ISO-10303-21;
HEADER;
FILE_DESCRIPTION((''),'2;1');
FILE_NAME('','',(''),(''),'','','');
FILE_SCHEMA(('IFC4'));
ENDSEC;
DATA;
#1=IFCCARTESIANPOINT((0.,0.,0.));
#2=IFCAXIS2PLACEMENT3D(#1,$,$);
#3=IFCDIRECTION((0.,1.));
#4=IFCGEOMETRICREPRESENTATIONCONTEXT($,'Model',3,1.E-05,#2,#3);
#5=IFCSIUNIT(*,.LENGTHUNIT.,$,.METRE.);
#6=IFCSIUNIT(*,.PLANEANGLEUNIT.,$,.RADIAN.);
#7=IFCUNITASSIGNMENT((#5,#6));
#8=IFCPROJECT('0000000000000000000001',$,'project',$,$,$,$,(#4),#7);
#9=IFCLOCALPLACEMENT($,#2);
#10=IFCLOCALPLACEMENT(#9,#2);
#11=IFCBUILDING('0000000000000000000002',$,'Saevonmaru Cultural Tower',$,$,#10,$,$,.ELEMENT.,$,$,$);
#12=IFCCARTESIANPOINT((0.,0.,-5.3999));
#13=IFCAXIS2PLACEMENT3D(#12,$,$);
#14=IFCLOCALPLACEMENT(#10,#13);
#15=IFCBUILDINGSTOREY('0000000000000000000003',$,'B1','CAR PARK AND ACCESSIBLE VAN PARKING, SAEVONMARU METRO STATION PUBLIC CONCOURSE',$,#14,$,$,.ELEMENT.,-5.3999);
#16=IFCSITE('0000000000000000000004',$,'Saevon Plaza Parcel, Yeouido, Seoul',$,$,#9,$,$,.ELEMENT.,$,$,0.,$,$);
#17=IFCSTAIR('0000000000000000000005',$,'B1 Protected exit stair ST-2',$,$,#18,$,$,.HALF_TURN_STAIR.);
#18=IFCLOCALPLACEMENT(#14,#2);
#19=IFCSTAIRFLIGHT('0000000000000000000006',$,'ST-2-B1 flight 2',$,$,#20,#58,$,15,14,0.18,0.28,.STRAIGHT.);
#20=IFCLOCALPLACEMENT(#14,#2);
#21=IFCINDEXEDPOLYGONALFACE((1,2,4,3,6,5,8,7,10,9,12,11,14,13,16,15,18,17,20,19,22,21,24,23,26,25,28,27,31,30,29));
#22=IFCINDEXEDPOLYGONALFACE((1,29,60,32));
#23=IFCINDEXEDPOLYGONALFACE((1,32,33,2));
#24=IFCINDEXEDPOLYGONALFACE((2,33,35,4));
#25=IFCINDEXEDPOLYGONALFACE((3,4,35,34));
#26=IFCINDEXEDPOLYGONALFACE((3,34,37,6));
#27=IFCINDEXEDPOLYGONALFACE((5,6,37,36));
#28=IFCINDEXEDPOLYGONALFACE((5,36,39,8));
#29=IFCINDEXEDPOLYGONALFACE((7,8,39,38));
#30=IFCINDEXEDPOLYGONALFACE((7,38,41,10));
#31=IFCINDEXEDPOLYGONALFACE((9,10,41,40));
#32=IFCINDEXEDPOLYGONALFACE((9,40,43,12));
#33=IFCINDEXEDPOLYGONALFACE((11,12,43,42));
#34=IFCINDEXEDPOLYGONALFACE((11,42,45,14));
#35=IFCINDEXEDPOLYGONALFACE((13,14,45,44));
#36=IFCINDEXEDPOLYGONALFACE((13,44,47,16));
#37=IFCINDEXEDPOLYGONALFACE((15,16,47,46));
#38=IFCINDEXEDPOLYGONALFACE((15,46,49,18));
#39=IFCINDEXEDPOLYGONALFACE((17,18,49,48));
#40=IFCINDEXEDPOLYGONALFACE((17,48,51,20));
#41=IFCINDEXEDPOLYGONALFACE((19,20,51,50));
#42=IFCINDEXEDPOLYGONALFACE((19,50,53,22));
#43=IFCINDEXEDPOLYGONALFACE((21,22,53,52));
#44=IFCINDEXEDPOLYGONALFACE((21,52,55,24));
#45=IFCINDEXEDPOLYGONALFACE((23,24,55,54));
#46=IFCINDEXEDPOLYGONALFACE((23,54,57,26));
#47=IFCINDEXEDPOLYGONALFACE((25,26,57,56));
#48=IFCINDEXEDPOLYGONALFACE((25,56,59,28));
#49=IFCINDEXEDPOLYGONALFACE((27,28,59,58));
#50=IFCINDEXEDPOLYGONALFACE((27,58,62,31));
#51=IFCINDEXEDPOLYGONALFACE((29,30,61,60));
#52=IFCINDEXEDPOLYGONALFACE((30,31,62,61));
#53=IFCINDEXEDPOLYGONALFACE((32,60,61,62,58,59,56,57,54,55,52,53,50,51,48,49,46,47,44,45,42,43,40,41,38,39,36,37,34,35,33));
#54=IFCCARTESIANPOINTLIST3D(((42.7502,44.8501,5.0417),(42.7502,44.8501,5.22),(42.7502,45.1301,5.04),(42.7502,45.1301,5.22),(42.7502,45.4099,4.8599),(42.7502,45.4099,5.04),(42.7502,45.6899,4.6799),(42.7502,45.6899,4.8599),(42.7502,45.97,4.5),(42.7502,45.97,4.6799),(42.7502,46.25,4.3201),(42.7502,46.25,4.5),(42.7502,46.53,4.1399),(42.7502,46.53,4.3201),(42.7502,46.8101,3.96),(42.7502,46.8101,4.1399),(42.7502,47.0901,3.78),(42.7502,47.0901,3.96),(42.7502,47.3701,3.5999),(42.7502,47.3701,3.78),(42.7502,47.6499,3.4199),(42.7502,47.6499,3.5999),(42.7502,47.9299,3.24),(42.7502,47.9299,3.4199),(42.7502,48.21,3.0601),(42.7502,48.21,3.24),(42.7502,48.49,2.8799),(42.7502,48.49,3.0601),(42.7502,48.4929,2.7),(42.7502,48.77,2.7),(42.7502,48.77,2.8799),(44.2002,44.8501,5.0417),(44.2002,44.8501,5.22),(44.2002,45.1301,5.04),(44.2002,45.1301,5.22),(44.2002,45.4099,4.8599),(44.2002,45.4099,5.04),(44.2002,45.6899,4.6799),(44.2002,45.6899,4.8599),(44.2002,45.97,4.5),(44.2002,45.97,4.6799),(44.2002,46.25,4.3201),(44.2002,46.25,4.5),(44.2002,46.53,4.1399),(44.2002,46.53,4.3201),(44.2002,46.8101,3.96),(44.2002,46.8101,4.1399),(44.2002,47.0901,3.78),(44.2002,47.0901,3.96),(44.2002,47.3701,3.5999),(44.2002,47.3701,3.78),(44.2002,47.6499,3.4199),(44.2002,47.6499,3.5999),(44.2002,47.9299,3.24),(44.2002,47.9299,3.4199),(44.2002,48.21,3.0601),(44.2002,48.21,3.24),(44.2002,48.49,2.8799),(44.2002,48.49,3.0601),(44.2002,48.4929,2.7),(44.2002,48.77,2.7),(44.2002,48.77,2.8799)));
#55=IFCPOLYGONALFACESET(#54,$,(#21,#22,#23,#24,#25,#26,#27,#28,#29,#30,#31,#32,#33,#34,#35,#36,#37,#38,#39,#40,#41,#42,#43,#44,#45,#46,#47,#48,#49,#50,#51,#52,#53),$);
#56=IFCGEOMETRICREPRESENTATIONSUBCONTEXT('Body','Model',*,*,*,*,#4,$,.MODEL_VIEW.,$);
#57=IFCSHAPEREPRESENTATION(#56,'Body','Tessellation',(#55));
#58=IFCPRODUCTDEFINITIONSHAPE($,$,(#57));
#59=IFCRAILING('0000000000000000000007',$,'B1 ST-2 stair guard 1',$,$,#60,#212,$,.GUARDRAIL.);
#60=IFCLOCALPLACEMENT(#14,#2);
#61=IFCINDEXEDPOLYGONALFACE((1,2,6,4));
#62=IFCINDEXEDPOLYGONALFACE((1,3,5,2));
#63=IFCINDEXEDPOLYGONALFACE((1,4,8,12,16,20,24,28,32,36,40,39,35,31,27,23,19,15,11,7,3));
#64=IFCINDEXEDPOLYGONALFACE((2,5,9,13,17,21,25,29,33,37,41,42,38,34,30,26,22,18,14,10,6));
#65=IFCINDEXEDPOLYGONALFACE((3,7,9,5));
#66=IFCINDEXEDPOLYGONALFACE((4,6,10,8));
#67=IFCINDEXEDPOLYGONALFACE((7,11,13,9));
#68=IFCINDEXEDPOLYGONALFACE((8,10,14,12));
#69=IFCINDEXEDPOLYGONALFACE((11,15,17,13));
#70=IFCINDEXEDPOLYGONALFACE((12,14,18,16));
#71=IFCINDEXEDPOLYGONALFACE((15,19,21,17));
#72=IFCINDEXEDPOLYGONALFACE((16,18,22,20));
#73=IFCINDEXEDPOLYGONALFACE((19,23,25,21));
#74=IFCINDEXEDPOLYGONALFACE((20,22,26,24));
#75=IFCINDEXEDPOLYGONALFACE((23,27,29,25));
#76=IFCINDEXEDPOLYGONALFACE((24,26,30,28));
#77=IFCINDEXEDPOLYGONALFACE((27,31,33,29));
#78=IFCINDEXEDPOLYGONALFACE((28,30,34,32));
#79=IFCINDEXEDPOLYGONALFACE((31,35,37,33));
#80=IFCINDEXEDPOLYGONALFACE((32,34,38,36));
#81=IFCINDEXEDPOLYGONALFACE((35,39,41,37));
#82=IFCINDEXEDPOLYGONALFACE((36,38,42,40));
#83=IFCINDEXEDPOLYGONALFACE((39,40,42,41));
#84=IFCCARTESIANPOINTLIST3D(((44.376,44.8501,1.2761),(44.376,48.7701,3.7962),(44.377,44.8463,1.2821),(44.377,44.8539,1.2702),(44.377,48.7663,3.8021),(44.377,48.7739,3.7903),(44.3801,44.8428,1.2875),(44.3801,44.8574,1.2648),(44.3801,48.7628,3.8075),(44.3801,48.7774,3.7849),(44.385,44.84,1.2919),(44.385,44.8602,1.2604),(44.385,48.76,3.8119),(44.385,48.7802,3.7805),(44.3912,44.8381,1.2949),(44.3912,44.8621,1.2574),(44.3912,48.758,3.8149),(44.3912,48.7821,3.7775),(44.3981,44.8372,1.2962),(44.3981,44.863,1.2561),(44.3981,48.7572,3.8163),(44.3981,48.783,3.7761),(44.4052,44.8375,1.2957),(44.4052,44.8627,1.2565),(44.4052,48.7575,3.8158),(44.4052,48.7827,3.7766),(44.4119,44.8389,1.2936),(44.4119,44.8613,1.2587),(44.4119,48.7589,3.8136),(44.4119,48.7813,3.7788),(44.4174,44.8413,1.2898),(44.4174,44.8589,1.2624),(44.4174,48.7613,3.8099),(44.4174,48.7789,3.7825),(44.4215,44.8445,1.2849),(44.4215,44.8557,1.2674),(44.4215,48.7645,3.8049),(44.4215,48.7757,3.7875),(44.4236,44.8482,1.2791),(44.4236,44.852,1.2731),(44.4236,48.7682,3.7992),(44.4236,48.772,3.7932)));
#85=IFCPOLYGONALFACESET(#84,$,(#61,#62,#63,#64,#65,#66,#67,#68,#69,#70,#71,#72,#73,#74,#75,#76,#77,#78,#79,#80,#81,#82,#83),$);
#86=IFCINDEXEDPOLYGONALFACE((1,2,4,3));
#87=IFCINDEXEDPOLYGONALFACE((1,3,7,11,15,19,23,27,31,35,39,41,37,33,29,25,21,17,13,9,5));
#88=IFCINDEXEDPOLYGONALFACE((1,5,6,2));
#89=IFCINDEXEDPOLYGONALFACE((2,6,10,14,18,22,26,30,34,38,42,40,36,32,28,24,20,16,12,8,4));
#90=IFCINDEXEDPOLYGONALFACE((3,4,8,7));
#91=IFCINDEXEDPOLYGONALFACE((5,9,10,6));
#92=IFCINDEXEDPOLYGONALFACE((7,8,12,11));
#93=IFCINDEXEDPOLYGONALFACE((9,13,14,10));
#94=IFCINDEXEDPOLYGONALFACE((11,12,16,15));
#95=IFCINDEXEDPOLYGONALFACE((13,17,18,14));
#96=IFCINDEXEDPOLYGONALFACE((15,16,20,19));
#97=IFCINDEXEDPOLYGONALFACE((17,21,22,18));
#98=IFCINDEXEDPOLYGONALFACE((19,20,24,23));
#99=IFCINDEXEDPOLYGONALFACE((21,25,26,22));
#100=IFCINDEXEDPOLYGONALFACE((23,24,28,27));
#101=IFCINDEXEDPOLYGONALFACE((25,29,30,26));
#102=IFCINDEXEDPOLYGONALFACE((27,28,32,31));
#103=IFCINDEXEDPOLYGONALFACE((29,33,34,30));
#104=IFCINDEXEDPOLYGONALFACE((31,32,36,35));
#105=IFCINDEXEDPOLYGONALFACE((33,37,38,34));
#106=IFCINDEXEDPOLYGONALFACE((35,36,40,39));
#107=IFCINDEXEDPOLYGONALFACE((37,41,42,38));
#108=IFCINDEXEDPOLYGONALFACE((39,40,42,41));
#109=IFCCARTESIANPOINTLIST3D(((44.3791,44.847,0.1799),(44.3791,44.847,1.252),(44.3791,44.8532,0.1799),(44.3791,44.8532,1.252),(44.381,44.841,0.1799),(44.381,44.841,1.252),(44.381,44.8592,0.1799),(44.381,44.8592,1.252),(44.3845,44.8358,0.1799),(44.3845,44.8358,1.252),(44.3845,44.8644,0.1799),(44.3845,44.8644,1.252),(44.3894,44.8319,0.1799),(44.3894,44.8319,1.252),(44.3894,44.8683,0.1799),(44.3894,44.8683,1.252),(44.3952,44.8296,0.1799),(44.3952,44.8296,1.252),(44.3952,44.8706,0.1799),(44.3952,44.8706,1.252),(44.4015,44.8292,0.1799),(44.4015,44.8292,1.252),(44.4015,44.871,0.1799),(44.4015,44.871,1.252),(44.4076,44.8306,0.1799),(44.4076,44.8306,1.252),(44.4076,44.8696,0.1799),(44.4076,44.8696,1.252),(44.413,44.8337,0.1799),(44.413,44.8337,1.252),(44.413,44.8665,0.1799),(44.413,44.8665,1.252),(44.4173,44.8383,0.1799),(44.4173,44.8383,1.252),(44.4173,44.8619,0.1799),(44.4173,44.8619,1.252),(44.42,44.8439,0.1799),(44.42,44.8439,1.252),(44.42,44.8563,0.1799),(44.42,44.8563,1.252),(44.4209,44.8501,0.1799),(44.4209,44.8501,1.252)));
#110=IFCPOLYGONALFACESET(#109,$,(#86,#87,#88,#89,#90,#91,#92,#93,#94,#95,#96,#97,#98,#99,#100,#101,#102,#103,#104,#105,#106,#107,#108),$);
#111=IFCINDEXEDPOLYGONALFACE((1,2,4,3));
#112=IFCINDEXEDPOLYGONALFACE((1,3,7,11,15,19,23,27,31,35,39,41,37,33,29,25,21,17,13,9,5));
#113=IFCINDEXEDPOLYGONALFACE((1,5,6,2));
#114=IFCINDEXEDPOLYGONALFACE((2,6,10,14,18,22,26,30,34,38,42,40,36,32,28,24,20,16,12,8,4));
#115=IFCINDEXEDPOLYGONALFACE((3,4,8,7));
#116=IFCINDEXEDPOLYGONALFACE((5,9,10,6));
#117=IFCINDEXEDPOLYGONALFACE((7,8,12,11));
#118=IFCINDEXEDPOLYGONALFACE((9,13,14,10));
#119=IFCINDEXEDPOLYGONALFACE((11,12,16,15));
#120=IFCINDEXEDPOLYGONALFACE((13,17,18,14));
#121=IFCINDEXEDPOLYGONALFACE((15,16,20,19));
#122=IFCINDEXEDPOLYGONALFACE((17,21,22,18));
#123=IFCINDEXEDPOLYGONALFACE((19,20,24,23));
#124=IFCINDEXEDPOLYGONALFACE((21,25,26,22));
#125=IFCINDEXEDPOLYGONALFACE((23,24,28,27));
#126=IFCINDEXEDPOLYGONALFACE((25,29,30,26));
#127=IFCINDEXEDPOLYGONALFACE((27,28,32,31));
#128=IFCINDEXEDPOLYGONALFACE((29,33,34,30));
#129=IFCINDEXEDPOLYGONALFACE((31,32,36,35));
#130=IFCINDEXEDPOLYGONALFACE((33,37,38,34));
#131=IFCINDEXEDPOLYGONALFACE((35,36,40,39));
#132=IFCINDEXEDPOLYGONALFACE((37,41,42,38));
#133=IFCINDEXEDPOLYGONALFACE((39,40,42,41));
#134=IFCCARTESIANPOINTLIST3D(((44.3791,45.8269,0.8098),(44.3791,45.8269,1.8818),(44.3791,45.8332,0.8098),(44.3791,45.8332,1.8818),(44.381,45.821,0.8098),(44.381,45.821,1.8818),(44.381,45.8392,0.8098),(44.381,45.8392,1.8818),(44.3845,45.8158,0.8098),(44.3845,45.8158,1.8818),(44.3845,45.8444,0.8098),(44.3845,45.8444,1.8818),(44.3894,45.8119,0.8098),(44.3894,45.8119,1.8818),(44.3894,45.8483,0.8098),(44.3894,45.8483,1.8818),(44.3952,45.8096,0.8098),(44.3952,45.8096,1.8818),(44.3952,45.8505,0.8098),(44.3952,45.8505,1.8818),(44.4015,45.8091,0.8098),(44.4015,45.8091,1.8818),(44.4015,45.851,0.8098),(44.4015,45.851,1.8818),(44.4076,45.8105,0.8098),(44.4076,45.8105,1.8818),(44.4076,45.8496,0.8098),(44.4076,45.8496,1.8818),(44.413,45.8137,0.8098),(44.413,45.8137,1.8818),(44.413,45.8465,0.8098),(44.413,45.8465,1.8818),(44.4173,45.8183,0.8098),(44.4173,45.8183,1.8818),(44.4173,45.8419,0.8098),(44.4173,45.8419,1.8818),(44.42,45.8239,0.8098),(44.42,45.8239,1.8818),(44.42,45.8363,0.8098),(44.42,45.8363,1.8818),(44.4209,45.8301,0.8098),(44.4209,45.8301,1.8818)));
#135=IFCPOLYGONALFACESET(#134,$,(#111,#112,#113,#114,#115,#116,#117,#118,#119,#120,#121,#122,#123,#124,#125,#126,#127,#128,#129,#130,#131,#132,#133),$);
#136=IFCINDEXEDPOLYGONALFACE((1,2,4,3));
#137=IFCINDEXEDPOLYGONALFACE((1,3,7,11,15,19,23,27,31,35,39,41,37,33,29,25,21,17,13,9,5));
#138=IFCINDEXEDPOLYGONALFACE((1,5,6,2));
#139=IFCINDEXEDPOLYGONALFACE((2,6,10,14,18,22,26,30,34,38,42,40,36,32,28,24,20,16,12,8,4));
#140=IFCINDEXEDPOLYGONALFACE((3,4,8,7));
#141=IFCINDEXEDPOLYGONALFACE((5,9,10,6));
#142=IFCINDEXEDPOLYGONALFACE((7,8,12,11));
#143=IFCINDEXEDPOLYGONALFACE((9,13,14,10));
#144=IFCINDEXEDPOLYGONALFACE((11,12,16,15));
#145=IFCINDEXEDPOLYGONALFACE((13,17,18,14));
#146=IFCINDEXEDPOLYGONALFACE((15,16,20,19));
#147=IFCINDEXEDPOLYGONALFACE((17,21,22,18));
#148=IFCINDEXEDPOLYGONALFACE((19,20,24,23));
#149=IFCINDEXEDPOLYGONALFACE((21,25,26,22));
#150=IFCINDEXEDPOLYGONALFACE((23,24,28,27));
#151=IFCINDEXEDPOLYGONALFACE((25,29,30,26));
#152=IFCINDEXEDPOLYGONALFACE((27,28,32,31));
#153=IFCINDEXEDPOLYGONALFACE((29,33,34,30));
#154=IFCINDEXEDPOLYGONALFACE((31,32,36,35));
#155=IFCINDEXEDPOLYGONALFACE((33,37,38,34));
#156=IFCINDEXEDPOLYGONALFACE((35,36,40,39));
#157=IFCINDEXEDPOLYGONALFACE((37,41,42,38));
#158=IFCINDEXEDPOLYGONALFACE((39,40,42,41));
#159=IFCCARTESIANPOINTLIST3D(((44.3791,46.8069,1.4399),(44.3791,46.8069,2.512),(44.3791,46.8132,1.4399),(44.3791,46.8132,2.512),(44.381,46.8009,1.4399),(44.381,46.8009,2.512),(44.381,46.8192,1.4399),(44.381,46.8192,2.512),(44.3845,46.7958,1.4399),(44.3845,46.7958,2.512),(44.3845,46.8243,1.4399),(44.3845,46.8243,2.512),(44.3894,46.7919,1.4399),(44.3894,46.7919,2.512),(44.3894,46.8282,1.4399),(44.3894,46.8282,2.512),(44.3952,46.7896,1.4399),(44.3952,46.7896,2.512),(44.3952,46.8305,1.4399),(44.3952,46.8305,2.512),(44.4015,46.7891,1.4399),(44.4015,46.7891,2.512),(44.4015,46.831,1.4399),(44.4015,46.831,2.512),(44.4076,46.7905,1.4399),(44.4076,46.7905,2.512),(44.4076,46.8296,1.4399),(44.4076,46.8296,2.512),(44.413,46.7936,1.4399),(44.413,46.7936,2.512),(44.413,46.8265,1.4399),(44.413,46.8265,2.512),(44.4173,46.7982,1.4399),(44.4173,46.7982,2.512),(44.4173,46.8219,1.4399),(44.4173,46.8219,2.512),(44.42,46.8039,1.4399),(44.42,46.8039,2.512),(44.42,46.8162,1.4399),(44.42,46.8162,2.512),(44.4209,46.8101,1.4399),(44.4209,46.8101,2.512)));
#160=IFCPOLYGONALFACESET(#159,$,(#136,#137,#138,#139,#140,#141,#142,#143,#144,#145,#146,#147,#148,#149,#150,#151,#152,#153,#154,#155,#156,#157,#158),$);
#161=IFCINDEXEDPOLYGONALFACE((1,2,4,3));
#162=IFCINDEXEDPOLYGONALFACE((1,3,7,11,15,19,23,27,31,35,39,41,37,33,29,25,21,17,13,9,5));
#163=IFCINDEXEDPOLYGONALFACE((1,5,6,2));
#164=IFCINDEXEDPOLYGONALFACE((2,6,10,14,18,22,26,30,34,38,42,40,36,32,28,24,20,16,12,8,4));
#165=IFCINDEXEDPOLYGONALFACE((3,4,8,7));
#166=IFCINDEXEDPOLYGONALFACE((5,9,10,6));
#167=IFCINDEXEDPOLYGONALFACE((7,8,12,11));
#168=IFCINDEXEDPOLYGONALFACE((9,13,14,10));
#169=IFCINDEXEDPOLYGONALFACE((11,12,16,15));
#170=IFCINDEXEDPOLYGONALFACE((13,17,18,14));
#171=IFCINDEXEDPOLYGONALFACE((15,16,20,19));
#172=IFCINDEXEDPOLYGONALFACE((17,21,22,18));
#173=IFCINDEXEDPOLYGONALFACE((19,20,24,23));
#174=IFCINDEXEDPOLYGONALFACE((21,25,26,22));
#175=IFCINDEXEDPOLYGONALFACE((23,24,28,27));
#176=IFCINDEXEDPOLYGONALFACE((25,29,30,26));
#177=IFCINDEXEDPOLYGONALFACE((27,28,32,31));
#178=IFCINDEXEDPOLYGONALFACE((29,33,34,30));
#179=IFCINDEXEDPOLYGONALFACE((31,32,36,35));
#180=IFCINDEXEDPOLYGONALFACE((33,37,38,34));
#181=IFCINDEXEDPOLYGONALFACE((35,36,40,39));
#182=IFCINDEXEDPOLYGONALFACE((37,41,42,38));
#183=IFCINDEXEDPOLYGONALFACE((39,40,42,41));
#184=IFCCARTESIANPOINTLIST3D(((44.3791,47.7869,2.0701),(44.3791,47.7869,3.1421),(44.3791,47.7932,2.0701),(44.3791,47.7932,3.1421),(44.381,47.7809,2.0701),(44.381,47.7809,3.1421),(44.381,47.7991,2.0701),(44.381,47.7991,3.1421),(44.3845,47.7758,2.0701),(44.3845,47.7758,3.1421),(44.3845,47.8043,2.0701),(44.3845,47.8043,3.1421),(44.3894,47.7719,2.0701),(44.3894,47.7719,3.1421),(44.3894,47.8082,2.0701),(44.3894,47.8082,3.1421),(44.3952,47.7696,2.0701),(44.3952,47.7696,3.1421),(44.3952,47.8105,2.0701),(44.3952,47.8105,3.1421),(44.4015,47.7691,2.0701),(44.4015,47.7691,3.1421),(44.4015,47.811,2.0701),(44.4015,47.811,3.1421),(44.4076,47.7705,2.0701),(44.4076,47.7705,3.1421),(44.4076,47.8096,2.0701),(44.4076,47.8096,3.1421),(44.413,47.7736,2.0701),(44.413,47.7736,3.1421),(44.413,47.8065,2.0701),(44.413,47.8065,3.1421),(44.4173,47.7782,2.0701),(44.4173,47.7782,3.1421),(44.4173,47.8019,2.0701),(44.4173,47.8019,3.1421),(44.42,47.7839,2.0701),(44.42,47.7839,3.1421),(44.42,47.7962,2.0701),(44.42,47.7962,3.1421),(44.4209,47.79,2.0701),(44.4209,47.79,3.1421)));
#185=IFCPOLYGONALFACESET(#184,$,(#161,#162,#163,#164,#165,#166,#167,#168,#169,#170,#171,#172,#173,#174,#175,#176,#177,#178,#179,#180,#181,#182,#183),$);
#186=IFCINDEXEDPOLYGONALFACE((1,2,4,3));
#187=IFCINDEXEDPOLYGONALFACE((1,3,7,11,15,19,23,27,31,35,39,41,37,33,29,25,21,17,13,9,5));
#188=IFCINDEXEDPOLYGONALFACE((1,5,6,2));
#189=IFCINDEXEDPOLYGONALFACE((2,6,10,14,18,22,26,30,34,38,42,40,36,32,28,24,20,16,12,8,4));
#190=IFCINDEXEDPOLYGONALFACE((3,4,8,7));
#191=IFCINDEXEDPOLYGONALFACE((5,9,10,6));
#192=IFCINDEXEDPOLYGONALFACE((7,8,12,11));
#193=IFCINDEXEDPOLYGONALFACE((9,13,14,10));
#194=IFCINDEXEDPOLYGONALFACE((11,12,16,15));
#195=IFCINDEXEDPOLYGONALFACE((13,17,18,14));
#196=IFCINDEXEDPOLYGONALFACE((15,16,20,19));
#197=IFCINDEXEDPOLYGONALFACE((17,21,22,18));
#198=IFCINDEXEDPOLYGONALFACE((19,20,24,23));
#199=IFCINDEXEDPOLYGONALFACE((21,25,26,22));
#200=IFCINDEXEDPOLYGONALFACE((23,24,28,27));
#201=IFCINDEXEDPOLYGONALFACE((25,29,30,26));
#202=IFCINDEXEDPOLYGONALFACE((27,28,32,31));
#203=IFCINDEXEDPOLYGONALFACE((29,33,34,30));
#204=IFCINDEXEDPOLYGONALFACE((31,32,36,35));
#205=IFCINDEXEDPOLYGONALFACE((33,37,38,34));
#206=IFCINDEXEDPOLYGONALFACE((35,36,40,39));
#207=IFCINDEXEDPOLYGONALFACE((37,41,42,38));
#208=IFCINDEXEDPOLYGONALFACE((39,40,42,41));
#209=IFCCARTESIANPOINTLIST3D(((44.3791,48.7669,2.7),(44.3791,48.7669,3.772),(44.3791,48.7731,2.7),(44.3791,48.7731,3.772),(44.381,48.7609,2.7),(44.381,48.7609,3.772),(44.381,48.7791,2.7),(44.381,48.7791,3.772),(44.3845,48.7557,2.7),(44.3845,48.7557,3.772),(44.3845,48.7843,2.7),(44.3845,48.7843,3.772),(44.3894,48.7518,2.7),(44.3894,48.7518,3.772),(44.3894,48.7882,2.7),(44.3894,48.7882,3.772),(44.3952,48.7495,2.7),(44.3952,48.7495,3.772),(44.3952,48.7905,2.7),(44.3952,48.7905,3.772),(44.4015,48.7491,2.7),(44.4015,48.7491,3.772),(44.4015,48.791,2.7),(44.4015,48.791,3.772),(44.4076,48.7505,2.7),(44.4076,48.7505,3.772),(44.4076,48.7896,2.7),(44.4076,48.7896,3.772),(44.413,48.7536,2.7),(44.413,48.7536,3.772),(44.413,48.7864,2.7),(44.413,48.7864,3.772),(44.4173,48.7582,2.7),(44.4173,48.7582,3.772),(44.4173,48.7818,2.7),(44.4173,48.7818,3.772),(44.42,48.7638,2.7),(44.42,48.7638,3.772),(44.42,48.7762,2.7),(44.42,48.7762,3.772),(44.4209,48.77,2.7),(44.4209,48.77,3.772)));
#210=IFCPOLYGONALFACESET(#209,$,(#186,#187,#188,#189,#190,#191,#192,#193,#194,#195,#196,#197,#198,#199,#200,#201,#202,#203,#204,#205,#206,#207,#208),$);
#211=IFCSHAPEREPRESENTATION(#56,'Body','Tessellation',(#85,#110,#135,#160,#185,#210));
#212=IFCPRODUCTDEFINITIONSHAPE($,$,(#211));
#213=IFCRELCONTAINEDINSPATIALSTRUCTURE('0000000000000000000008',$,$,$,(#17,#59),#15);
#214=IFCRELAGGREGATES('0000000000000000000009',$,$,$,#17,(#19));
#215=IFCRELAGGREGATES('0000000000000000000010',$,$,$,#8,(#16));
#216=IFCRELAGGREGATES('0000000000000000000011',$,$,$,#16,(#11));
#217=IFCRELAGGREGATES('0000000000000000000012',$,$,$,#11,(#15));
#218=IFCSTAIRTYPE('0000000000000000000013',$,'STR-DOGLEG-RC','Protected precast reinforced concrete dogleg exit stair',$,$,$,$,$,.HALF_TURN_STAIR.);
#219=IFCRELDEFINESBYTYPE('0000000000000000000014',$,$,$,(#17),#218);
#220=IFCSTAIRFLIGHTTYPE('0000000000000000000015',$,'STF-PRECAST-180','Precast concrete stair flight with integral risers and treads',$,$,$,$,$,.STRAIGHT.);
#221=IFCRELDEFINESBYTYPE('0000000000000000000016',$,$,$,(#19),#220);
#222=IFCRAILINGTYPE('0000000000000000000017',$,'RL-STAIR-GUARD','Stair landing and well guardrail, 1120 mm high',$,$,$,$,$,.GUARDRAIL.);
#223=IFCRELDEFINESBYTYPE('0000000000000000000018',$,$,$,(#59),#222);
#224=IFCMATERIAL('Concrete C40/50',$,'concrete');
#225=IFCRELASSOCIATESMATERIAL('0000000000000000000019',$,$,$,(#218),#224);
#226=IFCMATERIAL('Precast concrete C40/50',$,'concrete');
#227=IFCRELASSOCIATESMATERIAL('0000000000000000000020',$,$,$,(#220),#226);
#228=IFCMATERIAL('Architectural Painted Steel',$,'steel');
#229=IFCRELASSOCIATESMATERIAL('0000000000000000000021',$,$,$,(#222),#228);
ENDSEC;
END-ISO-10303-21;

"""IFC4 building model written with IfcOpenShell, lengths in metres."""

from ifc_helpers import new_model, si_unit, direction, frame, origin, origin_2d, place, context, subcontext, project, spatial, polyline, circle, outline, extrude, material, type_object, element, aggregate, save


model = new_model("IFC4")

# Units and contexts
model_context = context("Model", 3, precision=1e-05, world=origin(), true_north=direction((0.0, 1.0)))
body_context = subcontext(model_context, "Body", "Model", "MODEL_VIEW")
ifc_project = project(units=[si_unit("LENGTHUNIT", "METRE"), si_unit("PLANEANGLEUNIT", "RADIAN")], contexts=[model_context])

# Site, building, storey
site_placement = place(None, origin())
site = spatial("IfcSite", under=ifc_project, at=site_placement, Name="Saevon Plaza Parcel, Yeouido, Seoul", CompositionType="ELEMENT", RefElevation=0.0)
building_placement = place(site_placement, origin())
building = spatial("IfcBuilding", under=site, at=building_placement, Name="Saevonmaru Cultural Tower", CompositionType="ELEMENT")
storey_placement = place(building_placement, frame((0.0, 0.0, -5.3999)))
storey = spatial("IfcBuildingStorey", under=building, at=storey_placement, Name="B1", Description="CAR PARK AND ACCESSIBLE VAN PARKING, SAEVONMARU METRO STATION PUBLIC CONCOURSE", CompositionType="ELEMENT", Elevation=-5.3999)

# Shared definitions
ifc_material_1 = material(Name="Concrete C40/50", Category="concrete")

# Stair, stair flight
stair_type = type_object("IfcStairType", Name="STR-DOGLEG-RC", Description="Protected precast reinforced concrete dogleg exit stair", PredefinedType="HALF_TURN_STAIR", material=ifc_material_1)
stair_placement = place(storey_placement, origin())
stair = element("IfcStair", 1, at=stair_placement, inside=storey, type_object=stair_type, Name="B1 Protected exit stair ST-2", PredefinedType="HALF_TURN_STAIR")
ifc_material_2 = material(Name="Precast concrete C40/50", Category="concrete")
stair_flight_type = type_object("IfcStairFlightType", Name="STF-PRECAST-180", Description="Precast concrete stair flight with integral risers and treads", PredefinedType="STRAIGHT", material=ifc_material_2)
stair_flight_placement = place(storey_placement, frame((43.4751, 48.77, 2.7), z_axis=(0.0, 0.0, 1.0), x_axis=(0.0, -1.0, 0.0)))
stair_flight = element("IfcStairFlight", 2, at=stair_flight_placement, type_object=stair_flight_type, Name="ST-2-B1 flight 2", NumberOfRisers=15, NumberOfTreads=14, PredefinedType="STRAIGHT", RiserHeight=0.18, TreadLength=0.28, context=body_context, shape_type="SweptSolid", body=[
    extrude(outline(polyline([(0.0, 0.0), (0.0, 0.1799), (0.28, 0.1799), (0.28, 0.3601), (0.5601, 0.3601), (0.5601, 0.54), (0.8401, 0.54), (0.8401, 0.72), (1.1201, 0.72), (1.1201, 0.8999), (1.3999, 0.8999), (1.3999, 1.0801), (1.6799, 1.0801), (1.6799, 1.26), (1.96, 1.26), (1.96, 1.4399), (2.24, 1.4399), (2.24, 1.6201), (2.52, 1.6201), (2.52, 1.8), (2.8, 1.8), (2.8, 1.98), (3.0801, 1.98), (3.0801, 2.1599), (3.3601, 2.1599), (3.3601, 2.3401), (3.6399, 2.3401), (3.6399, 2.52), (3.9199, 2.52), (3.9199, 2.7), (3.9199, 2.3418), (0.2771, 0.0), (0.0, 0.0)])), frame((0.0, 0.7251, 0.0), z_axis=(0.0, -1.0, 0.0), x_axis=(1.0, 0.0, 0.0)), (0.0, 0.0, 1.0), 1.45),
])
aggregate(stair, [stair_flight])

# Railing
ifc_material_3 = material(Name="Architectural Painted Steel", Category="steel")
railing_type_1 = type_object("IfcRailingType", Name="RL-STAIR-GUARD", Description="Stair landing and well guardrail, 1120 mm high", PredefinedType="GUARDRAIL", material=ifc_material_3)
railing_1_placement = place(storey_placement, frame((44.3999, 44.8501, 0.1799)))
element("IfcRailing", 3, at=railing_1_placement, inside=storey, type_object=railing_type_1, Name="B1 ST-2 stair guard 1", PredefinedType="GUARDRAIL", context=body_context, shape_type="SweptSolid", body=[
    extrude(circle(Radius=0.0239, at=origin_2d()), frame((0.0, 0.0, 1.0962), z_axis=(0.0, 0.841172, 0.540768), x_axis=(-1.0, 0.0, 0.0)), (0.0, 0.0, 1.0), 4.6602),
    extrude(circle(Radius=0.021, at=origin_2d()), origin(), (0.0, 0.0, 1.0), 1.072),
    extrude(circle(Radius=0.021, at=origin_2d()), frame((0.0, 0.98, 0.6299)), (0.0, 0.0, 1.0), 1.072),
    extrude(circle(Radius=0.021, at=origin_2d()), frame((0.0, 1.96, 1.26)), (0.0, 0.0, 1.0), 1.072),
    extrude(circle(Radius=0.021, at=origin_2d()), frame((0.0, 2.9399, 1.8901)), (0.0, 0.0, 1.0), 1.072),
    extrude(circle(Radius=0.021, at=origin_2d()), frame((0.0, 3.9199, 2.52)), (0.0, 0.0, 1.0), 1.072),
])

save(model, "model.ifc")
